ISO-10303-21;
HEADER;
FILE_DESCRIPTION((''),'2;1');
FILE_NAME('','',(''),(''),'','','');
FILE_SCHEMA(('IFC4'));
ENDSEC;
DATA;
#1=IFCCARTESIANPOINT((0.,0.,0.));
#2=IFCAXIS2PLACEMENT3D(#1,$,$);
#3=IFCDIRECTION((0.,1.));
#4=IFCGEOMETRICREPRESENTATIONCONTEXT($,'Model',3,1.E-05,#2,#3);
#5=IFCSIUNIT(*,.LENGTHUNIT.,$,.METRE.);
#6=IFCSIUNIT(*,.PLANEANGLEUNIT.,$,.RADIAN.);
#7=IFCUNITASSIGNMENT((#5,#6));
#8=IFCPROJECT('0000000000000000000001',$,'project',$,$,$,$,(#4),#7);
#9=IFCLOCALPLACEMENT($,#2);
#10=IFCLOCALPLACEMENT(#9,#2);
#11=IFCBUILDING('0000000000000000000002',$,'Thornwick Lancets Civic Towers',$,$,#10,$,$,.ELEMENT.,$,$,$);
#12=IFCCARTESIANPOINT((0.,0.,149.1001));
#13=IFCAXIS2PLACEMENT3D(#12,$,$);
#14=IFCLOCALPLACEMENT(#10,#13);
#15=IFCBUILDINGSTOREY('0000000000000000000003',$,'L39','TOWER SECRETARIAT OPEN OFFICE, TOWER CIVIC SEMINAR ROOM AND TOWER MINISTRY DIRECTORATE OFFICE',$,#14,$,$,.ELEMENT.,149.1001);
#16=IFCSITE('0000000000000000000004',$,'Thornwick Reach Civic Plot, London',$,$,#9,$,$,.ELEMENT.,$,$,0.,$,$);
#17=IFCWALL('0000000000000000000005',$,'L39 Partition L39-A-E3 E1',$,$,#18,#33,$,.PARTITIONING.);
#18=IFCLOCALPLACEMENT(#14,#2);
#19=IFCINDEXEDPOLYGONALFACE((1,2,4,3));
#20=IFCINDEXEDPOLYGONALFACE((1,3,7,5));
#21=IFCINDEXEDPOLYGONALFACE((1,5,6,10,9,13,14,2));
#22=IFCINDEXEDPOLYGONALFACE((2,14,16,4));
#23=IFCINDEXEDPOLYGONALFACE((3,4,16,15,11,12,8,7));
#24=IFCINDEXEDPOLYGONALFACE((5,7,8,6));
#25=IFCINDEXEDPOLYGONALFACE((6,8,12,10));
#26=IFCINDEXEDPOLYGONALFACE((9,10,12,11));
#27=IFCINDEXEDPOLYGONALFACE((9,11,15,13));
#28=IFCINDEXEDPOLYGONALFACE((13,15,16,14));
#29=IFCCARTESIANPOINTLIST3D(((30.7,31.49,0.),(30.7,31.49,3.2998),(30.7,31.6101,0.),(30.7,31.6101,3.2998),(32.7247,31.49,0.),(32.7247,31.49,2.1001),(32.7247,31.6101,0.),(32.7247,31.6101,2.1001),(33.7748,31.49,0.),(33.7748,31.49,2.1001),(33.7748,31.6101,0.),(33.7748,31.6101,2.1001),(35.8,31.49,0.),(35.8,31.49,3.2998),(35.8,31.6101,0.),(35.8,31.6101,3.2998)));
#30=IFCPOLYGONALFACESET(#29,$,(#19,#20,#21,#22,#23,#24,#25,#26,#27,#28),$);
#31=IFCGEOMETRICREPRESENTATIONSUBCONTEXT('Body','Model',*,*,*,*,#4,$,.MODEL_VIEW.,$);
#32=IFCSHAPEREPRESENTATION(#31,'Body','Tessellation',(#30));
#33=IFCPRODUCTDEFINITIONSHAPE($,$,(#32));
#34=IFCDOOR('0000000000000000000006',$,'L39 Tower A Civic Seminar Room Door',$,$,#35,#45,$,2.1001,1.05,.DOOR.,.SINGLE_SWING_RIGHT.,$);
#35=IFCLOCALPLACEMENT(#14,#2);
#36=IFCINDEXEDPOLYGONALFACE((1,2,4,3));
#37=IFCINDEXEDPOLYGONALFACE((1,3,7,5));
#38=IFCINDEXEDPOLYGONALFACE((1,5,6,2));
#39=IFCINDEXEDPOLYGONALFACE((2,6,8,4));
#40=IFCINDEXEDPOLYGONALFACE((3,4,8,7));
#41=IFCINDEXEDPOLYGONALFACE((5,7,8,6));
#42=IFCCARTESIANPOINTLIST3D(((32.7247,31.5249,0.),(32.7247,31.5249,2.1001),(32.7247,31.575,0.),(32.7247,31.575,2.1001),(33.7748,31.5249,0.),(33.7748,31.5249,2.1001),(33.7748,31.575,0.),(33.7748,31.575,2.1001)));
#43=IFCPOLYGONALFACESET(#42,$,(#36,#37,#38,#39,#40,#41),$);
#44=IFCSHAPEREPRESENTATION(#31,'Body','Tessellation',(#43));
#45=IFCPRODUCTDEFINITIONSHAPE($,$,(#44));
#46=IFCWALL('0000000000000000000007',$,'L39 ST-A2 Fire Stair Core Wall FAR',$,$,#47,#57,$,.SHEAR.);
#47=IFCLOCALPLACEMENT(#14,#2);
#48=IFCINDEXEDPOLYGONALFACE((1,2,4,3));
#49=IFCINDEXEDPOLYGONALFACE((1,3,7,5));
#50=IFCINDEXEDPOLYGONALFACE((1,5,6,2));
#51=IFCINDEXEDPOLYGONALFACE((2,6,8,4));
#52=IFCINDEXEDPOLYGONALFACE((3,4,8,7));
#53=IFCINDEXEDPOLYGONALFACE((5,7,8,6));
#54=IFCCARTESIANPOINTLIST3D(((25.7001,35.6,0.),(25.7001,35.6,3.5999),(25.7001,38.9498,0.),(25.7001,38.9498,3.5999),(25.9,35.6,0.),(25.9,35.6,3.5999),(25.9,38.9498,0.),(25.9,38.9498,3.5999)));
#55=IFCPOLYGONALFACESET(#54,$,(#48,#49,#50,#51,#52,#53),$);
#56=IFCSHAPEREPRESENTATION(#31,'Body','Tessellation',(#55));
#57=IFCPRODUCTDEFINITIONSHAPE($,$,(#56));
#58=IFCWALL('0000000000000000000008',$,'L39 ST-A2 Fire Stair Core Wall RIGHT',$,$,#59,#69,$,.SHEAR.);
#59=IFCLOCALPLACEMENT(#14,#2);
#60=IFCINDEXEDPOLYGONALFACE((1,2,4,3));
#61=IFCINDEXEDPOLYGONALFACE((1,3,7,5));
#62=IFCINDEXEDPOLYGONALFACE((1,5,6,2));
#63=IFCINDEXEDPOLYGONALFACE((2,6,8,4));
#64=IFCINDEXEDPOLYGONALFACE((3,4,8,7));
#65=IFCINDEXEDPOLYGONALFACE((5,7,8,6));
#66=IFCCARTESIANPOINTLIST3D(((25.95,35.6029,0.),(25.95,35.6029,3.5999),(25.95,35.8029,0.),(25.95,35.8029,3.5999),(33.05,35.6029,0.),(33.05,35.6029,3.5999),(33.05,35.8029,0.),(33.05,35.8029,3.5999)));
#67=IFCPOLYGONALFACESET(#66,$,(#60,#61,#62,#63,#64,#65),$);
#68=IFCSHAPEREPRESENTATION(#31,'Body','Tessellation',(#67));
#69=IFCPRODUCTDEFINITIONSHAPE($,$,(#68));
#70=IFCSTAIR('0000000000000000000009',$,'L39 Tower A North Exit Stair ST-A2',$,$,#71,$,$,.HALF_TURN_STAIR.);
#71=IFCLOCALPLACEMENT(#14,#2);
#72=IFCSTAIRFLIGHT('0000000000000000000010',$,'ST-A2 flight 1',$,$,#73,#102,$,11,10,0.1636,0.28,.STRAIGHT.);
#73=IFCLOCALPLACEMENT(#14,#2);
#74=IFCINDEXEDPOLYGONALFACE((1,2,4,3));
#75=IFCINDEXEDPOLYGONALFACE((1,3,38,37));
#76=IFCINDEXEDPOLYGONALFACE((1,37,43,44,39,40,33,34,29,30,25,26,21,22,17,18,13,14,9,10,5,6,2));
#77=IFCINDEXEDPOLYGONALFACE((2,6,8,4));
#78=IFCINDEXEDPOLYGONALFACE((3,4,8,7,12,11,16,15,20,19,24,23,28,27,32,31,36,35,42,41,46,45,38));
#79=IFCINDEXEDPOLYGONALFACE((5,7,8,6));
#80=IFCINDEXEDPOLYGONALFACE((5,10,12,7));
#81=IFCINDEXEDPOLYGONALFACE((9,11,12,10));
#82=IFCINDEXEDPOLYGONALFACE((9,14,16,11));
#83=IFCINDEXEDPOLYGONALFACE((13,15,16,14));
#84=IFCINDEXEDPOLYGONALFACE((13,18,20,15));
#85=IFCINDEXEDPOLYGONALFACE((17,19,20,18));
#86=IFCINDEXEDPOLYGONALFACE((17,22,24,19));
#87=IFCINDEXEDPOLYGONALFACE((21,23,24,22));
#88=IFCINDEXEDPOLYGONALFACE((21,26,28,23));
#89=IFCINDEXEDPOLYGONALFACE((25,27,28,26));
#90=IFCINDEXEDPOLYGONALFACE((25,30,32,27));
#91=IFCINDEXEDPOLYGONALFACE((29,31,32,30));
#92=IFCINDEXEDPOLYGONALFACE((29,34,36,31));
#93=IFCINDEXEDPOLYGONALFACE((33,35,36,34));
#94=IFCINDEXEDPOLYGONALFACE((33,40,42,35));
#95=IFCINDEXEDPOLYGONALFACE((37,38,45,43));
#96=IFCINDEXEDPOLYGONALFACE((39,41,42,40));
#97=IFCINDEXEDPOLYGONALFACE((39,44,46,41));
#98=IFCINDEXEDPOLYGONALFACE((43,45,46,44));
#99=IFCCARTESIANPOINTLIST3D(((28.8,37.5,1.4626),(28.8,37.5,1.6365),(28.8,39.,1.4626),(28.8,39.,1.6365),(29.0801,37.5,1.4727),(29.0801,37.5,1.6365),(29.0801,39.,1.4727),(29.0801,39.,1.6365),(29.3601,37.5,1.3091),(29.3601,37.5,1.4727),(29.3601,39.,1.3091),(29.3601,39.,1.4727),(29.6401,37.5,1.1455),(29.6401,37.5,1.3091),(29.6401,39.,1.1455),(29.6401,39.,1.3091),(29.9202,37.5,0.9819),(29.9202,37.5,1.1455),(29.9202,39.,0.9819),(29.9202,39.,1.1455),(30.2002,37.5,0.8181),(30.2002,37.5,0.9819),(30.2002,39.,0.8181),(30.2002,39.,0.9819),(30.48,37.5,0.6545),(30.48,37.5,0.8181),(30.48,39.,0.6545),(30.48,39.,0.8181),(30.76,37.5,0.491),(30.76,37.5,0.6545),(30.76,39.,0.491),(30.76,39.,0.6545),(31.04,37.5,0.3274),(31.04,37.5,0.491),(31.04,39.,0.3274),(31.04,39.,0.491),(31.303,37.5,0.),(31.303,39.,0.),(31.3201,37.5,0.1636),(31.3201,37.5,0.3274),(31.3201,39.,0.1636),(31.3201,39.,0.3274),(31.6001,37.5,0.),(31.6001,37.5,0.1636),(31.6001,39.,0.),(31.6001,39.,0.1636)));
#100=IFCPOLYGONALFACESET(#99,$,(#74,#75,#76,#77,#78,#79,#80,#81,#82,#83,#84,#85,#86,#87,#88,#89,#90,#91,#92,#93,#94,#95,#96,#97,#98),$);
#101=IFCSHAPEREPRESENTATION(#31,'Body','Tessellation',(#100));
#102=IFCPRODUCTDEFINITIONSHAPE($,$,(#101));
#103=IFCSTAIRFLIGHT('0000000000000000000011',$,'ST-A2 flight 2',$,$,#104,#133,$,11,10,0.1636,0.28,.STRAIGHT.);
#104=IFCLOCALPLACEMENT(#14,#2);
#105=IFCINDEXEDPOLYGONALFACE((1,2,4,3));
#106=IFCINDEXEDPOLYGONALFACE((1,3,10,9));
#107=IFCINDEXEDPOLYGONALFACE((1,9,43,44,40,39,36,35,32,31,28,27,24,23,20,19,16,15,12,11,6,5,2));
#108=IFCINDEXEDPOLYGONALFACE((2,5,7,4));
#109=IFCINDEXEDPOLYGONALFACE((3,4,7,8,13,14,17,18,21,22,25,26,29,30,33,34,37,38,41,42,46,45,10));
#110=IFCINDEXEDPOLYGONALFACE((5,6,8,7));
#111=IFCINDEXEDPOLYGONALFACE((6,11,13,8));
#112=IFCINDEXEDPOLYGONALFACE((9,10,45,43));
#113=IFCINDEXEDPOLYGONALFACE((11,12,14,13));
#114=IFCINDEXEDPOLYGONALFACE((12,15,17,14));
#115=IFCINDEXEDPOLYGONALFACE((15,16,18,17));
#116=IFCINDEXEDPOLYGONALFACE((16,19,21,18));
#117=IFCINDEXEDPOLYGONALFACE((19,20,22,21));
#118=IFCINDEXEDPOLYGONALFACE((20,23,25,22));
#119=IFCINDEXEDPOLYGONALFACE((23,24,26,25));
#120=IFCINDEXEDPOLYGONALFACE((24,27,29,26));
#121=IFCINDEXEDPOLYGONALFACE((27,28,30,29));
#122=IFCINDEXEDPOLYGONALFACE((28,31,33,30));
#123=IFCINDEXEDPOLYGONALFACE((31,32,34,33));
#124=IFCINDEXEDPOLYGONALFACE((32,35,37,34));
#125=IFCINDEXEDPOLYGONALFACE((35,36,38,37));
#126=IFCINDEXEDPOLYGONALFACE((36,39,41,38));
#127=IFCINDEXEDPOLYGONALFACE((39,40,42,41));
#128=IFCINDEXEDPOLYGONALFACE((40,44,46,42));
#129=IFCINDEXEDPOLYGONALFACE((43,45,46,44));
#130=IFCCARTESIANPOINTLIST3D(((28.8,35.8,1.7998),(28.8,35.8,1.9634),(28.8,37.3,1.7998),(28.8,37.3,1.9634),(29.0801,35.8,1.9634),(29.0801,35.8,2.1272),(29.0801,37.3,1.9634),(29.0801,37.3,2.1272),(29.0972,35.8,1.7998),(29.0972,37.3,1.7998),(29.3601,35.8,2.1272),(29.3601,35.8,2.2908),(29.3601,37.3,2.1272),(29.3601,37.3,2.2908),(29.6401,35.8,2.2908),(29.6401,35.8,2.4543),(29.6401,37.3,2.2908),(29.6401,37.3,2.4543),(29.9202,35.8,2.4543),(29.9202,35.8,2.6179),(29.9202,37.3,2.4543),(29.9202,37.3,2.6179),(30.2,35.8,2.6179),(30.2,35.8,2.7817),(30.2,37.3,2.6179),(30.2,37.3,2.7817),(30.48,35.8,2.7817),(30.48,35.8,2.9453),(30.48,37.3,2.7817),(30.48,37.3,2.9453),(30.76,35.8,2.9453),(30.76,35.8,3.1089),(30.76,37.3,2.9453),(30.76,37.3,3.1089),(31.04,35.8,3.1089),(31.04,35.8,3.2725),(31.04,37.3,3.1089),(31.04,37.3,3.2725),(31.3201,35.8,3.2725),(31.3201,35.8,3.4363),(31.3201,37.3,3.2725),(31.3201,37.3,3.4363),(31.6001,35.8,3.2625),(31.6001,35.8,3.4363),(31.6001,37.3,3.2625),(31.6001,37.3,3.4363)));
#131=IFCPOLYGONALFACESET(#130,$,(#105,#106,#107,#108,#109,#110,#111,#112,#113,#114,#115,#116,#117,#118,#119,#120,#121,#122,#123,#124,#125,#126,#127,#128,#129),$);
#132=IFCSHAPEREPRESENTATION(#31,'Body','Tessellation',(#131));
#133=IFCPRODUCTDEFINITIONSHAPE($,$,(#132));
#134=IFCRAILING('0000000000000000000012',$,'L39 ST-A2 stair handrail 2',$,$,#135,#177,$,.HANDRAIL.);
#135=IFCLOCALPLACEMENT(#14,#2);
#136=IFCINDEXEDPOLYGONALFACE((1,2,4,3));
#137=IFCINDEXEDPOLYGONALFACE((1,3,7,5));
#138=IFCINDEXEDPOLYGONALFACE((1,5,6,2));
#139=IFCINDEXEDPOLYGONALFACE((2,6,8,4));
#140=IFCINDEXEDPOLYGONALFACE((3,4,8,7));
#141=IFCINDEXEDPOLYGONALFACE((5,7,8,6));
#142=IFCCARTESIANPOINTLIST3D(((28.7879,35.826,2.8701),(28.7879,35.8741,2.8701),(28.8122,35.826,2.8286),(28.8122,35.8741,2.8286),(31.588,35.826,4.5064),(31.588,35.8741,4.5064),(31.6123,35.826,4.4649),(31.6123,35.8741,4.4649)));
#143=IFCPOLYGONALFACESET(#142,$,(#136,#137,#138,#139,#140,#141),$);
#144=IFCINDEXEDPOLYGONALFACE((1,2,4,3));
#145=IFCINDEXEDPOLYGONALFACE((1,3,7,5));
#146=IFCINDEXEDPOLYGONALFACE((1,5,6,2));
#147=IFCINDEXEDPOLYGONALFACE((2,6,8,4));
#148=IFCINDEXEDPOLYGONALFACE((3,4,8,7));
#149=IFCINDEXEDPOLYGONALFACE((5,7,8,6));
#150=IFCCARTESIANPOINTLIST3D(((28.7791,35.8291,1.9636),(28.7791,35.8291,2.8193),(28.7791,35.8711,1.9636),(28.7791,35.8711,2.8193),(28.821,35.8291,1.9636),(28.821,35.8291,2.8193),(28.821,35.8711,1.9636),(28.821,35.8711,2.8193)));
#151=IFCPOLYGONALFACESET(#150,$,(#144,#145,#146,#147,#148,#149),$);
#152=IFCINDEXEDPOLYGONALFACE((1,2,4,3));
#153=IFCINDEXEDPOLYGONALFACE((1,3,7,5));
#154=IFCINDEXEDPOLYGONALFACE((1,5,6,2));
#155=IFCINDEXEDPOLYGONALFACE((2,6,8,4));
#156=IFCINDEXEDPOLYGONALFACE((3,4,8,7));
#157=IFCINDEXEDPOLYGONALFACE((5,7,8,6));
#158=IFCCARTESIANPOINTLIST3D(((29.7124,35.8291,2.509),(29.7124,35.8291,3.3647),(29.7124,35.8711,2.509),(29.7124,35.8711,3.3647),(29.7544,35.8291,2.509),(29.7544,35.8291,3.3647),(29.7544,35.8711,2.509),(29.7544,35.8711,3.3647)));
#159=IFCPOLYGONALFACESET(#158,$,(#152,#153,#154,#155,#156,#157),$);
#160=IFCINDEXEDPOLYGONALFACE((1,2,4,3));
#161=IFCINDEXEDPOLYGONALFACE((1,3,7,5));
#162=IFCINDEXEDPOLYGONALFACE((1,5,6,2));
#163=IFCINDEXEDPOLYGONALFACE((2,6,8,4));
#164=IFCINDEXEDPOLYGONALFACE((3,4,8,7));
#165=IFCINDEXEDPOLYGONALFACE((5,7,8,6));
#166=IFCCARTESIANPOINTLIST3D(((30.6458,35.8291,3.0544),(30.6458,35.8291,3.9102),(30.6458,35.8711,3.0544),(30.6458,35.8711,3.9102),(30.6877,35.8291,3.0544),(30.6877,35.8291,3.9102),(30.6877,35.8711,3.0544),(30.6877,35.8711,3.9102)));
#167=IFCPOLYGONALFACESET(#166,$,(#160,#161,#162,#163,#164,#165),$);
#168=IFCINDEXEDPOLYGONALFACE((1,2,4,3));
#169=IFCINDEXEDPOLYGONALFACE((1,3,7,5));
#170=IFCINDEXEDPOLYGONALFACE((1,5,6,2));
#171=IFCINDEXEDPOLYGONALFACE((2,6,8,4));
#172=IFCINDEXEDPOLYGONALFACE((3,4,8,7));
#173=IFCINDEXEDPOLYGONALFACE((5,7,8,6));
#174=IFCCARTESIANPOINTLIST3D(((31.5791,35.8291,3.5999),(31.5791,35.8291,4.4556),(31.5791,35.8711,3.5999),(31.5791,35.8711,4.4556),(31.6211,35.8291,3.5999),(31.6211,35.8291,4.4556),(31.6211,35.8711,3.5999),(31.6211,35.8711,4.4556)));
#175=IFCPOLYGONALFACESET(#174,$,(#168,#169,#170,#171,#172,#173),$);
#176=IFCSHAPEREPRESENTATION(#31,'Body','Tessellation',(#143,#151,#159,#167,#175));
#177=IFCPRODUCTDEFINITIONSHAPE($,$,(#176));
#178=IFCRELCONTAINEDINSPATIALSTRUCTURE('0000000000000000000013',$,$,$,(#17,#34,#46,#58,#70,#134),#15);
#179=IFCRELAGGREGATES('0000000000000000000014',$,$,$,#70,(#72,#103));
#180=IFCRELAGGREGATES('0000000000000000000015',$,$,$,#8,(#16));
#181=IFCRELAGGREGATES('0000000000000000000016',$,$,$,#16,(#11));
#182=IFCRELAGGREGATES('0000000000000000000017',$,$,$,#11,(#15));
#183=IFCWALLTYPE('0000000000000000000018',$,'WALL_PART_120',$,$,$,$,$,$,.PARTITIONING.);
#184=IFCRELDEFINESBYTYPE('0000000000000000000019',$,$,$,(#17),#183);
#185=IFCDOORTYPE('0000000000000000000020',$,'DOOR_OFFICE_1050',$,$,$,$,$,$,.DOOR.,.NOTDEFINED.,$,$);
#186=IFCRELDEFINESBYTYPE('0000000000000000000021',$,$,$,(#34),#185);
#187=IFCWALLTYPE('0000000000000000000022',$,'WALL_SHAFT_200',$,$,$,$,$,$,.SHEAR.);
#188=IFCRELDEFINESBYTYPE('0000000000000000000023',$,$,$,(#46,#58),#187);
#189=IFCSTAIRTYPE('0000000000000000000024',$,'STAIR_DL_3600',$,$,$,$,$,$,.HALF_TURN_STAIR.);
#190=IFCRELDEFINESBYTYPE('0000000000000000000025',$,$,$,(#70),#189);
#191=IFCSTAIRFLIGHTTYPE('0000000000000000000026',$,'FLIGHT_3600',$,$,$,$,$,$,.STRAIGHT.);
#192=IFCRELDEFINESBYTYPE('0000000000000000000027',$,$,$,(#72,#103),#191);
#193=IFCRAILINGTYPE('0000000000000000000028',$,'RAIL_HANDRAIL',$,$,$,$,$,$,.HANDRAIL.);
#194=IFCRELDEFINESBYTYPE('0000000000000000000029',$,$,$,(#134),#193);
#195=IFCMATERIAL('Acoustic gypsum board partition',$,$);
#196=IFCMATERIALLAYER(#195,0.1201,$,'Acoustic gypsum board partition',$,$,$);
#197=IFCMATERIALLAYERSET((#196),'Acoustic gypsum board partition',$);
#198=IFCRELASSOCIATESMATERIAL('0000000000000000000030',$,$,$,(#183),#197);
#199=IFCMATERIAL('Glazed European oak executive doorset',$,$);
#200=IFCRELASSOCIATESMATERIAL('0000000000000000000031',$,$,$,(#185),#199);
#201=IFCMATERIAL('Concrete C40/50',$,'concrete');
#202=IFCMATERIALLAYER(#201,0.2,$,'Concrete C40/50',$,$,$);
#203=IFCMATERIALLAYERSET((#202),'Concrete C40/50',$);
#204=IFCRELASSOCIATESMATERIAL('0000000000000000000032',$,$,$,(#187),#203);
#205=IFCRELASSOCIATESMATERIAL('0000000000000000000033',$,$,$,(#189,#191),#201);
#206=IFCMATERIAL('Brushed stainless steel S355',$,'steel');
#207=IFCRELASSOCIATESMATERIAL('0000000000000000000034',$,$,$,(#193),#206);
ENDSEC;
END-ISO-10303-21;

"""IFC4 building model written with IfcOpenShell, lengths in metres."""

from ifc_helpers import new_model, si_unit, direction, frame, frame_2d, origin, origin_2d, place, context, subcontext, project, spatial, polyline, rectangle, outline, extrude, material, layer, layer_set, type_object, element, fill, aggregate, save


model = new_model("IFC4")

# Units and contexts
model_context = context("Model", 3, precision=1e-05, world=origin(), true_north=direction((0.0, 1.0)))
body_context = subcontext(model_context, "Body", "Model", "MODEL_VIEW")
ifc_project = project(units=[si_unit("LENGTHUNIT", "METRE"), si_unit("PLANEANGLEUNIT", "RADIAN")], contexts=[model_context])

# Site, building, storey
site_placement = place(None, origin())
site = spatial("IfcSite", under=ifc_project, at=site_placement, Name="Thornwick Reach Civic Plot, London", CompositionType="ELEMENT", RefElevation=0.0)
building_placement = place(site_placement, origin())
building = spatial("IfcBuilding", under=site, at=building_placement, Name="Thornwick Lancets Civic Towers", CompositionType="ELEMENT")
storey_placement = place(building_placement, frame((0.0, 0.0, 149.1001)))
storey = spatial("IfcBuildingStorey", under=building, at=storey_placement, Name="L39", Description="TOWER SECRETARIAT OPEN OFFICE, TOWER CIVIC SEMINAR ROOM AND TOWER MINISTRY DIRECTORATE OFFICE", CompositionType="ELEMENT", Elevation=149.1001)

# Shared definitions
ifc_material_1 = material(Name="Concrete C40/50", Category="concrete")

# Shared definitions
ifc_material_2 = material(Name="Acoustic gypsum board partition")
ifc_layer_1 = layer(ifc_material_2, 0.1201, Name="Acoustic gypsum board partition")
ifc_layer_set_1 = layer_set([ifc_layer_1], Name="Acoustic gypsum board partition")
wall_type_1 = type_object("IfcWallType", Name="WALL_PART_120", PredefinedType="PARTITIONING", material=ifc_layer_set_1)

# Wall, opening, door
wall_1_placement = place(storey_placement, frame((30.7, 31.55, 0.0), z_axis=(0.0, 0.0, 1.0), x_axis=(1.0, 0.0, 0.0)))
wall_1 = element("IfcWall", 1, at=wall_1_placement, inside=storey, type_object=wall_type_1, Name="L39 Partition L39-A-E3 E1", PredefinedType="PARTITIONING", context=body_context, shape_type="SweptSolid", body=[
    extrude(rectangle(XDim=5.1001, YDim=0.1201, at=frame_2d((2.55, 0.0))), origin(), (0.0, 0.0, 1.0), 3.2998),
])
opening_1_placement = place(wall_1_placement, frame((2.0249, 0.0, 0.0)))
opening_1 = element("IfcOpeningElement", 2, at=opening_1_placement, cuts=wall_1, PredefinedType="OPENING", context=body_context, shape_type="SweptSolid", body=[
    extrude(rectangle(XDim=1.05, YDim=2.1001, at=frame_2d((0.5249, 1.05))), frame((0.0, 0.0701, 0.0), z_axis=(0.0, -1.0, 0.0), x_axis=(1.0, 0.0, 0.0)), (0.0, 0.0, 1.0), 0.1401),
])
ifc_material_3 = material(Name="Glazed European oak executive doorset")
door_type_1 = type_object("IfcDoorType", Name="DOOR_OFFICE_1050", OperationType="NOTDEFINED", PredefinedType="DOOR", material=ifc_material_3)
door_1_placement = place(opening_1_placement, origin())
door_1 = element("IfcDoor", 3, at=door_1_placement, inside=storey, type_object=door_type_1, Name="L39 Tower A Civic Seminar Room Door", OperationType="SINGLE_SWING_RIGHT", OverallHeight=2.1001, OverallWidth=1.05, PredefinedType="DOOR", context=body_context, shape_type="SweptSolid", body=[
    extrude(rectangle(XDim=1.05, YDim=2.1001, at=frame_2d((0.5249, 1.05))), frame((0.0, 0.0249, 0.0), z_axis=(0.0, -1.0, 0.0), x_axis=(1.0, 0.0, 0.0)), (0.0, 0.0, 1.0), 0.05),
])
fill(opening_1, door_1)

# Walls
ifc_layer_2 = layer(ifc_material_1, 0.2, Name="Concrete C40/50")
ifc_layer_set_2 = layer_set([ifc_layer_2], Name="Concrete C40/50")
wall_type_2 = type_object("IfcWallType", Name="WALL_SHAFT_200", PredefinedType="SHEAR", material=ifc_layer_set_2)
wall_2_placement = place(storey_placement, frame((25.8, 35.6001, 0.0), z_axis=(0.0, 0.0, 1.0), x_axis=(0.0, 1.0, 0.0)))
element("IfcWall", 4, at=wall_2_placement, inside=storey, type_object=wall_type_2, Name="L39 ST-A2 Fire Stair Core Wall FAR", PredefinedType="SHEAR", context=body_context, shape_type="SweptSolid", body=[
    extrude(rectangle(XDim=3.3499, YDim=0.2, at=frame_2d((1.6748, 0.0))), origin(), (0.0, 0.0, 1.0), 3.5999),
])
wall_3_placement = place(storey_placement, frame((25.95, 35.7029, 0.0), z_axis=(0.0, 0.0, 1.0), x_axis=(1.0, 0.0, 0.0)))
element("IfcWall", 5, at=wall_3_placement, inside=storey, type_object=wall_type_2, Name="L39 ST-A2 Fire Stair Core Wall RIGHT", PredefinedType="SHEAR", context=body_context, shape_type="SweptSolid", body=[
    extrude(rectangle(XDim=7.1001, YDim=0.2, at=frame_2d((3.55, 0.0))), origin(), (0.0, 0.0, 1.0), 3.5999),
])

# Stair, stair flights
stair_type = type_object("IfcStairType", Name="STAIR_DL_3600", PredefinedType="HALF_TURN_STAIR", material=ifc_material_1)
stair_placement = place(storey_placement, origin())
stair = element("IfcStair", 6, at=stair_placement, inside=storey, type_object=stair_type, Name="L39 Tower A North Exit Stair ST-A2", PredefinedType="HALF_TURN_STAIR")
stair_flight_type = type_object("IfcStairFlightType", Name="FLIGHT_3600", PredefinedType="STRAIGHT", material=ifc_material_1)
stair_flight_1_placement = place(storey_placement, frame((31.6001, 38.25, 0.0), z_axis=(0.0, 0.0, 1.0), x_axis=(-1.0, 0.0, 0.0)))
stair_flight_1 = element("IfcStairFlight", 7, at=stair_flight_1_placement, type_object=stair_flight_type, Name="ST-A2 flight 1", NumberOfRisers=11, NumberOfTreads=10, PredefinedType="STRAIGHT", RiserHeight=0.1636, TreadLength=0.28, context=body_context, shape_type="SweptSolid", body=[
    extrude(outline(polyline([(0.0, 0.0), (0.0, 0.1636), (0.28, 0.1636), (0.28, 0.3274), (0.5601, 0.3274), (0.5601, 0.491), (0.8401, 0.491), (0.8401, 0.6545), (1.1201, 0.6545), (1.1201, 0.8181), (1.3999, 0.8181), (1.3999, 0.9819), (1.6799, 0.9819), (1.6799, 1.1455), (1.96, 1.1455), (1.96, 1.3091), (2.24, 1.3091), (2.24, 1.4727), (2.52, 1.4727), (2.52, 1.6365), (2.8, 1.6365), (2.8, 1.8), (2.8, 1.4626), (0.2971, 0.0), (0.0, 0.0)])), frame((0.0, 0.75, 0.0), z_axis=(0.0, -1.0, 0.0), x_axis=(1.0, 0.0, 0.0)), (0.0, 0.0, 1.0), 1.5),
])
stair_flight_2_placement = place(storey_placement, frame((28.8, 36.55, 1.7998), z_axis=(0.0, 0.0, 1.0), x_axis=(1.0, 0.0, 0.0)))
stair_flight_2 = element("IfcStairFlight", 8, at=stair_flight_2_placement, type_object=stair_flight_type, Name="ST-A2 flight 2", NumberOfRisers=11, NumberOfTreads=10, PredefinedType="STRAIGHT", RiserHeight=0.1636, TreadLength=0.28, context=body_context, shape_type="SweptSolid", body=[
    extrude(outline(polyline([(0.0, 0.0), (0.0, 0.1636), (0.28, 0.1636), (0.28, 0.3274), (0.5601, 0.3274), (0.5601, 0.491), (0.8401, 0.491), (0.8401, 0.6545), (1.1201, 0.6545), (1.1201, 0.8181), (1.3999, 0.8181), (1.3999, 0.9819), (1.6799, 0.9819), (1.6799, 1.1455), (1.96, 1.1455), (1.96, 1.3091), (2.24, 1.3091), (2.24, 1.4727), (2.52, 1.4727), (2.52, 1.6365), (2.8, 1.6365), (2.8, 1.8), (2.8, 1.4626), (0.2971, 0.0), (0.0, 0.0)])), frame((0.0, 0.75, 0.0), z_axis=(0.0, -1.0, 0.0), x_axis=(1.0, 0.0, 0.0)), (0.0, 0.0, 1.0), 1.5),
])
aggregate(stair, [stair_flight_1, stair_flight_2])

# Railing
ifc_material_4 = material(Name="Brushed stainless steel S355", Category="steel")
railing_type_1 = type_object("IfcRailingType", Name="RAIL_HANDRAIL", PredefinedType="HANDRAIL", material=ifc_material_4)
railing_1_placement = place(storey_placement, frame((28.8, 35.8501, 1.9636)))
element("IfcRailing", 9, at=railing_1_placement, inside=storey, type_object=railing_type_1, Name="L39 ST-A2 stair handrail 2", PredefinedType="HANDRAIL", context=body_context, shape_type="SweptSolid", body=[
    extrude(rectangle(XDim=0.0481, YDim=0.0481, at=origin_2d()), frame((0.0, 0.0, 0.8857), z_axis=(0.863394, 0.0, 0.504531), x_axis=(0.0, 1.0, 0.0)), (0.0, 0.0, 1.0), 3.2432),
    extrude(rectangle(XDim=0.042, YDim=0.042, at=origin_2d()), origin(), (0.0, 0.0, 1.0), 0.8557),
    extrude(rectangle(XDim=0.042, YDim=0.042, at=origin_2d()), frame((0.9333, 0.0, 0.5454)), (0.0, 0.0, 1.0), 0.8557),
    extrude(rectangle(XDim=0.042, YDim=0.042, at=origin_2d()), frame((1.8667, 0.0, 1.0908)), (0.0, 0.0, 1.0), 0.8557),
    extrude(rectangle(XDim=0.042, YDim=0.042, at=origin_2d()), frame((2.8, 0.0, 1.6362)), (0.0, 0.0, 1.0), 0.8557),
])

save(model, "model.ifc")
